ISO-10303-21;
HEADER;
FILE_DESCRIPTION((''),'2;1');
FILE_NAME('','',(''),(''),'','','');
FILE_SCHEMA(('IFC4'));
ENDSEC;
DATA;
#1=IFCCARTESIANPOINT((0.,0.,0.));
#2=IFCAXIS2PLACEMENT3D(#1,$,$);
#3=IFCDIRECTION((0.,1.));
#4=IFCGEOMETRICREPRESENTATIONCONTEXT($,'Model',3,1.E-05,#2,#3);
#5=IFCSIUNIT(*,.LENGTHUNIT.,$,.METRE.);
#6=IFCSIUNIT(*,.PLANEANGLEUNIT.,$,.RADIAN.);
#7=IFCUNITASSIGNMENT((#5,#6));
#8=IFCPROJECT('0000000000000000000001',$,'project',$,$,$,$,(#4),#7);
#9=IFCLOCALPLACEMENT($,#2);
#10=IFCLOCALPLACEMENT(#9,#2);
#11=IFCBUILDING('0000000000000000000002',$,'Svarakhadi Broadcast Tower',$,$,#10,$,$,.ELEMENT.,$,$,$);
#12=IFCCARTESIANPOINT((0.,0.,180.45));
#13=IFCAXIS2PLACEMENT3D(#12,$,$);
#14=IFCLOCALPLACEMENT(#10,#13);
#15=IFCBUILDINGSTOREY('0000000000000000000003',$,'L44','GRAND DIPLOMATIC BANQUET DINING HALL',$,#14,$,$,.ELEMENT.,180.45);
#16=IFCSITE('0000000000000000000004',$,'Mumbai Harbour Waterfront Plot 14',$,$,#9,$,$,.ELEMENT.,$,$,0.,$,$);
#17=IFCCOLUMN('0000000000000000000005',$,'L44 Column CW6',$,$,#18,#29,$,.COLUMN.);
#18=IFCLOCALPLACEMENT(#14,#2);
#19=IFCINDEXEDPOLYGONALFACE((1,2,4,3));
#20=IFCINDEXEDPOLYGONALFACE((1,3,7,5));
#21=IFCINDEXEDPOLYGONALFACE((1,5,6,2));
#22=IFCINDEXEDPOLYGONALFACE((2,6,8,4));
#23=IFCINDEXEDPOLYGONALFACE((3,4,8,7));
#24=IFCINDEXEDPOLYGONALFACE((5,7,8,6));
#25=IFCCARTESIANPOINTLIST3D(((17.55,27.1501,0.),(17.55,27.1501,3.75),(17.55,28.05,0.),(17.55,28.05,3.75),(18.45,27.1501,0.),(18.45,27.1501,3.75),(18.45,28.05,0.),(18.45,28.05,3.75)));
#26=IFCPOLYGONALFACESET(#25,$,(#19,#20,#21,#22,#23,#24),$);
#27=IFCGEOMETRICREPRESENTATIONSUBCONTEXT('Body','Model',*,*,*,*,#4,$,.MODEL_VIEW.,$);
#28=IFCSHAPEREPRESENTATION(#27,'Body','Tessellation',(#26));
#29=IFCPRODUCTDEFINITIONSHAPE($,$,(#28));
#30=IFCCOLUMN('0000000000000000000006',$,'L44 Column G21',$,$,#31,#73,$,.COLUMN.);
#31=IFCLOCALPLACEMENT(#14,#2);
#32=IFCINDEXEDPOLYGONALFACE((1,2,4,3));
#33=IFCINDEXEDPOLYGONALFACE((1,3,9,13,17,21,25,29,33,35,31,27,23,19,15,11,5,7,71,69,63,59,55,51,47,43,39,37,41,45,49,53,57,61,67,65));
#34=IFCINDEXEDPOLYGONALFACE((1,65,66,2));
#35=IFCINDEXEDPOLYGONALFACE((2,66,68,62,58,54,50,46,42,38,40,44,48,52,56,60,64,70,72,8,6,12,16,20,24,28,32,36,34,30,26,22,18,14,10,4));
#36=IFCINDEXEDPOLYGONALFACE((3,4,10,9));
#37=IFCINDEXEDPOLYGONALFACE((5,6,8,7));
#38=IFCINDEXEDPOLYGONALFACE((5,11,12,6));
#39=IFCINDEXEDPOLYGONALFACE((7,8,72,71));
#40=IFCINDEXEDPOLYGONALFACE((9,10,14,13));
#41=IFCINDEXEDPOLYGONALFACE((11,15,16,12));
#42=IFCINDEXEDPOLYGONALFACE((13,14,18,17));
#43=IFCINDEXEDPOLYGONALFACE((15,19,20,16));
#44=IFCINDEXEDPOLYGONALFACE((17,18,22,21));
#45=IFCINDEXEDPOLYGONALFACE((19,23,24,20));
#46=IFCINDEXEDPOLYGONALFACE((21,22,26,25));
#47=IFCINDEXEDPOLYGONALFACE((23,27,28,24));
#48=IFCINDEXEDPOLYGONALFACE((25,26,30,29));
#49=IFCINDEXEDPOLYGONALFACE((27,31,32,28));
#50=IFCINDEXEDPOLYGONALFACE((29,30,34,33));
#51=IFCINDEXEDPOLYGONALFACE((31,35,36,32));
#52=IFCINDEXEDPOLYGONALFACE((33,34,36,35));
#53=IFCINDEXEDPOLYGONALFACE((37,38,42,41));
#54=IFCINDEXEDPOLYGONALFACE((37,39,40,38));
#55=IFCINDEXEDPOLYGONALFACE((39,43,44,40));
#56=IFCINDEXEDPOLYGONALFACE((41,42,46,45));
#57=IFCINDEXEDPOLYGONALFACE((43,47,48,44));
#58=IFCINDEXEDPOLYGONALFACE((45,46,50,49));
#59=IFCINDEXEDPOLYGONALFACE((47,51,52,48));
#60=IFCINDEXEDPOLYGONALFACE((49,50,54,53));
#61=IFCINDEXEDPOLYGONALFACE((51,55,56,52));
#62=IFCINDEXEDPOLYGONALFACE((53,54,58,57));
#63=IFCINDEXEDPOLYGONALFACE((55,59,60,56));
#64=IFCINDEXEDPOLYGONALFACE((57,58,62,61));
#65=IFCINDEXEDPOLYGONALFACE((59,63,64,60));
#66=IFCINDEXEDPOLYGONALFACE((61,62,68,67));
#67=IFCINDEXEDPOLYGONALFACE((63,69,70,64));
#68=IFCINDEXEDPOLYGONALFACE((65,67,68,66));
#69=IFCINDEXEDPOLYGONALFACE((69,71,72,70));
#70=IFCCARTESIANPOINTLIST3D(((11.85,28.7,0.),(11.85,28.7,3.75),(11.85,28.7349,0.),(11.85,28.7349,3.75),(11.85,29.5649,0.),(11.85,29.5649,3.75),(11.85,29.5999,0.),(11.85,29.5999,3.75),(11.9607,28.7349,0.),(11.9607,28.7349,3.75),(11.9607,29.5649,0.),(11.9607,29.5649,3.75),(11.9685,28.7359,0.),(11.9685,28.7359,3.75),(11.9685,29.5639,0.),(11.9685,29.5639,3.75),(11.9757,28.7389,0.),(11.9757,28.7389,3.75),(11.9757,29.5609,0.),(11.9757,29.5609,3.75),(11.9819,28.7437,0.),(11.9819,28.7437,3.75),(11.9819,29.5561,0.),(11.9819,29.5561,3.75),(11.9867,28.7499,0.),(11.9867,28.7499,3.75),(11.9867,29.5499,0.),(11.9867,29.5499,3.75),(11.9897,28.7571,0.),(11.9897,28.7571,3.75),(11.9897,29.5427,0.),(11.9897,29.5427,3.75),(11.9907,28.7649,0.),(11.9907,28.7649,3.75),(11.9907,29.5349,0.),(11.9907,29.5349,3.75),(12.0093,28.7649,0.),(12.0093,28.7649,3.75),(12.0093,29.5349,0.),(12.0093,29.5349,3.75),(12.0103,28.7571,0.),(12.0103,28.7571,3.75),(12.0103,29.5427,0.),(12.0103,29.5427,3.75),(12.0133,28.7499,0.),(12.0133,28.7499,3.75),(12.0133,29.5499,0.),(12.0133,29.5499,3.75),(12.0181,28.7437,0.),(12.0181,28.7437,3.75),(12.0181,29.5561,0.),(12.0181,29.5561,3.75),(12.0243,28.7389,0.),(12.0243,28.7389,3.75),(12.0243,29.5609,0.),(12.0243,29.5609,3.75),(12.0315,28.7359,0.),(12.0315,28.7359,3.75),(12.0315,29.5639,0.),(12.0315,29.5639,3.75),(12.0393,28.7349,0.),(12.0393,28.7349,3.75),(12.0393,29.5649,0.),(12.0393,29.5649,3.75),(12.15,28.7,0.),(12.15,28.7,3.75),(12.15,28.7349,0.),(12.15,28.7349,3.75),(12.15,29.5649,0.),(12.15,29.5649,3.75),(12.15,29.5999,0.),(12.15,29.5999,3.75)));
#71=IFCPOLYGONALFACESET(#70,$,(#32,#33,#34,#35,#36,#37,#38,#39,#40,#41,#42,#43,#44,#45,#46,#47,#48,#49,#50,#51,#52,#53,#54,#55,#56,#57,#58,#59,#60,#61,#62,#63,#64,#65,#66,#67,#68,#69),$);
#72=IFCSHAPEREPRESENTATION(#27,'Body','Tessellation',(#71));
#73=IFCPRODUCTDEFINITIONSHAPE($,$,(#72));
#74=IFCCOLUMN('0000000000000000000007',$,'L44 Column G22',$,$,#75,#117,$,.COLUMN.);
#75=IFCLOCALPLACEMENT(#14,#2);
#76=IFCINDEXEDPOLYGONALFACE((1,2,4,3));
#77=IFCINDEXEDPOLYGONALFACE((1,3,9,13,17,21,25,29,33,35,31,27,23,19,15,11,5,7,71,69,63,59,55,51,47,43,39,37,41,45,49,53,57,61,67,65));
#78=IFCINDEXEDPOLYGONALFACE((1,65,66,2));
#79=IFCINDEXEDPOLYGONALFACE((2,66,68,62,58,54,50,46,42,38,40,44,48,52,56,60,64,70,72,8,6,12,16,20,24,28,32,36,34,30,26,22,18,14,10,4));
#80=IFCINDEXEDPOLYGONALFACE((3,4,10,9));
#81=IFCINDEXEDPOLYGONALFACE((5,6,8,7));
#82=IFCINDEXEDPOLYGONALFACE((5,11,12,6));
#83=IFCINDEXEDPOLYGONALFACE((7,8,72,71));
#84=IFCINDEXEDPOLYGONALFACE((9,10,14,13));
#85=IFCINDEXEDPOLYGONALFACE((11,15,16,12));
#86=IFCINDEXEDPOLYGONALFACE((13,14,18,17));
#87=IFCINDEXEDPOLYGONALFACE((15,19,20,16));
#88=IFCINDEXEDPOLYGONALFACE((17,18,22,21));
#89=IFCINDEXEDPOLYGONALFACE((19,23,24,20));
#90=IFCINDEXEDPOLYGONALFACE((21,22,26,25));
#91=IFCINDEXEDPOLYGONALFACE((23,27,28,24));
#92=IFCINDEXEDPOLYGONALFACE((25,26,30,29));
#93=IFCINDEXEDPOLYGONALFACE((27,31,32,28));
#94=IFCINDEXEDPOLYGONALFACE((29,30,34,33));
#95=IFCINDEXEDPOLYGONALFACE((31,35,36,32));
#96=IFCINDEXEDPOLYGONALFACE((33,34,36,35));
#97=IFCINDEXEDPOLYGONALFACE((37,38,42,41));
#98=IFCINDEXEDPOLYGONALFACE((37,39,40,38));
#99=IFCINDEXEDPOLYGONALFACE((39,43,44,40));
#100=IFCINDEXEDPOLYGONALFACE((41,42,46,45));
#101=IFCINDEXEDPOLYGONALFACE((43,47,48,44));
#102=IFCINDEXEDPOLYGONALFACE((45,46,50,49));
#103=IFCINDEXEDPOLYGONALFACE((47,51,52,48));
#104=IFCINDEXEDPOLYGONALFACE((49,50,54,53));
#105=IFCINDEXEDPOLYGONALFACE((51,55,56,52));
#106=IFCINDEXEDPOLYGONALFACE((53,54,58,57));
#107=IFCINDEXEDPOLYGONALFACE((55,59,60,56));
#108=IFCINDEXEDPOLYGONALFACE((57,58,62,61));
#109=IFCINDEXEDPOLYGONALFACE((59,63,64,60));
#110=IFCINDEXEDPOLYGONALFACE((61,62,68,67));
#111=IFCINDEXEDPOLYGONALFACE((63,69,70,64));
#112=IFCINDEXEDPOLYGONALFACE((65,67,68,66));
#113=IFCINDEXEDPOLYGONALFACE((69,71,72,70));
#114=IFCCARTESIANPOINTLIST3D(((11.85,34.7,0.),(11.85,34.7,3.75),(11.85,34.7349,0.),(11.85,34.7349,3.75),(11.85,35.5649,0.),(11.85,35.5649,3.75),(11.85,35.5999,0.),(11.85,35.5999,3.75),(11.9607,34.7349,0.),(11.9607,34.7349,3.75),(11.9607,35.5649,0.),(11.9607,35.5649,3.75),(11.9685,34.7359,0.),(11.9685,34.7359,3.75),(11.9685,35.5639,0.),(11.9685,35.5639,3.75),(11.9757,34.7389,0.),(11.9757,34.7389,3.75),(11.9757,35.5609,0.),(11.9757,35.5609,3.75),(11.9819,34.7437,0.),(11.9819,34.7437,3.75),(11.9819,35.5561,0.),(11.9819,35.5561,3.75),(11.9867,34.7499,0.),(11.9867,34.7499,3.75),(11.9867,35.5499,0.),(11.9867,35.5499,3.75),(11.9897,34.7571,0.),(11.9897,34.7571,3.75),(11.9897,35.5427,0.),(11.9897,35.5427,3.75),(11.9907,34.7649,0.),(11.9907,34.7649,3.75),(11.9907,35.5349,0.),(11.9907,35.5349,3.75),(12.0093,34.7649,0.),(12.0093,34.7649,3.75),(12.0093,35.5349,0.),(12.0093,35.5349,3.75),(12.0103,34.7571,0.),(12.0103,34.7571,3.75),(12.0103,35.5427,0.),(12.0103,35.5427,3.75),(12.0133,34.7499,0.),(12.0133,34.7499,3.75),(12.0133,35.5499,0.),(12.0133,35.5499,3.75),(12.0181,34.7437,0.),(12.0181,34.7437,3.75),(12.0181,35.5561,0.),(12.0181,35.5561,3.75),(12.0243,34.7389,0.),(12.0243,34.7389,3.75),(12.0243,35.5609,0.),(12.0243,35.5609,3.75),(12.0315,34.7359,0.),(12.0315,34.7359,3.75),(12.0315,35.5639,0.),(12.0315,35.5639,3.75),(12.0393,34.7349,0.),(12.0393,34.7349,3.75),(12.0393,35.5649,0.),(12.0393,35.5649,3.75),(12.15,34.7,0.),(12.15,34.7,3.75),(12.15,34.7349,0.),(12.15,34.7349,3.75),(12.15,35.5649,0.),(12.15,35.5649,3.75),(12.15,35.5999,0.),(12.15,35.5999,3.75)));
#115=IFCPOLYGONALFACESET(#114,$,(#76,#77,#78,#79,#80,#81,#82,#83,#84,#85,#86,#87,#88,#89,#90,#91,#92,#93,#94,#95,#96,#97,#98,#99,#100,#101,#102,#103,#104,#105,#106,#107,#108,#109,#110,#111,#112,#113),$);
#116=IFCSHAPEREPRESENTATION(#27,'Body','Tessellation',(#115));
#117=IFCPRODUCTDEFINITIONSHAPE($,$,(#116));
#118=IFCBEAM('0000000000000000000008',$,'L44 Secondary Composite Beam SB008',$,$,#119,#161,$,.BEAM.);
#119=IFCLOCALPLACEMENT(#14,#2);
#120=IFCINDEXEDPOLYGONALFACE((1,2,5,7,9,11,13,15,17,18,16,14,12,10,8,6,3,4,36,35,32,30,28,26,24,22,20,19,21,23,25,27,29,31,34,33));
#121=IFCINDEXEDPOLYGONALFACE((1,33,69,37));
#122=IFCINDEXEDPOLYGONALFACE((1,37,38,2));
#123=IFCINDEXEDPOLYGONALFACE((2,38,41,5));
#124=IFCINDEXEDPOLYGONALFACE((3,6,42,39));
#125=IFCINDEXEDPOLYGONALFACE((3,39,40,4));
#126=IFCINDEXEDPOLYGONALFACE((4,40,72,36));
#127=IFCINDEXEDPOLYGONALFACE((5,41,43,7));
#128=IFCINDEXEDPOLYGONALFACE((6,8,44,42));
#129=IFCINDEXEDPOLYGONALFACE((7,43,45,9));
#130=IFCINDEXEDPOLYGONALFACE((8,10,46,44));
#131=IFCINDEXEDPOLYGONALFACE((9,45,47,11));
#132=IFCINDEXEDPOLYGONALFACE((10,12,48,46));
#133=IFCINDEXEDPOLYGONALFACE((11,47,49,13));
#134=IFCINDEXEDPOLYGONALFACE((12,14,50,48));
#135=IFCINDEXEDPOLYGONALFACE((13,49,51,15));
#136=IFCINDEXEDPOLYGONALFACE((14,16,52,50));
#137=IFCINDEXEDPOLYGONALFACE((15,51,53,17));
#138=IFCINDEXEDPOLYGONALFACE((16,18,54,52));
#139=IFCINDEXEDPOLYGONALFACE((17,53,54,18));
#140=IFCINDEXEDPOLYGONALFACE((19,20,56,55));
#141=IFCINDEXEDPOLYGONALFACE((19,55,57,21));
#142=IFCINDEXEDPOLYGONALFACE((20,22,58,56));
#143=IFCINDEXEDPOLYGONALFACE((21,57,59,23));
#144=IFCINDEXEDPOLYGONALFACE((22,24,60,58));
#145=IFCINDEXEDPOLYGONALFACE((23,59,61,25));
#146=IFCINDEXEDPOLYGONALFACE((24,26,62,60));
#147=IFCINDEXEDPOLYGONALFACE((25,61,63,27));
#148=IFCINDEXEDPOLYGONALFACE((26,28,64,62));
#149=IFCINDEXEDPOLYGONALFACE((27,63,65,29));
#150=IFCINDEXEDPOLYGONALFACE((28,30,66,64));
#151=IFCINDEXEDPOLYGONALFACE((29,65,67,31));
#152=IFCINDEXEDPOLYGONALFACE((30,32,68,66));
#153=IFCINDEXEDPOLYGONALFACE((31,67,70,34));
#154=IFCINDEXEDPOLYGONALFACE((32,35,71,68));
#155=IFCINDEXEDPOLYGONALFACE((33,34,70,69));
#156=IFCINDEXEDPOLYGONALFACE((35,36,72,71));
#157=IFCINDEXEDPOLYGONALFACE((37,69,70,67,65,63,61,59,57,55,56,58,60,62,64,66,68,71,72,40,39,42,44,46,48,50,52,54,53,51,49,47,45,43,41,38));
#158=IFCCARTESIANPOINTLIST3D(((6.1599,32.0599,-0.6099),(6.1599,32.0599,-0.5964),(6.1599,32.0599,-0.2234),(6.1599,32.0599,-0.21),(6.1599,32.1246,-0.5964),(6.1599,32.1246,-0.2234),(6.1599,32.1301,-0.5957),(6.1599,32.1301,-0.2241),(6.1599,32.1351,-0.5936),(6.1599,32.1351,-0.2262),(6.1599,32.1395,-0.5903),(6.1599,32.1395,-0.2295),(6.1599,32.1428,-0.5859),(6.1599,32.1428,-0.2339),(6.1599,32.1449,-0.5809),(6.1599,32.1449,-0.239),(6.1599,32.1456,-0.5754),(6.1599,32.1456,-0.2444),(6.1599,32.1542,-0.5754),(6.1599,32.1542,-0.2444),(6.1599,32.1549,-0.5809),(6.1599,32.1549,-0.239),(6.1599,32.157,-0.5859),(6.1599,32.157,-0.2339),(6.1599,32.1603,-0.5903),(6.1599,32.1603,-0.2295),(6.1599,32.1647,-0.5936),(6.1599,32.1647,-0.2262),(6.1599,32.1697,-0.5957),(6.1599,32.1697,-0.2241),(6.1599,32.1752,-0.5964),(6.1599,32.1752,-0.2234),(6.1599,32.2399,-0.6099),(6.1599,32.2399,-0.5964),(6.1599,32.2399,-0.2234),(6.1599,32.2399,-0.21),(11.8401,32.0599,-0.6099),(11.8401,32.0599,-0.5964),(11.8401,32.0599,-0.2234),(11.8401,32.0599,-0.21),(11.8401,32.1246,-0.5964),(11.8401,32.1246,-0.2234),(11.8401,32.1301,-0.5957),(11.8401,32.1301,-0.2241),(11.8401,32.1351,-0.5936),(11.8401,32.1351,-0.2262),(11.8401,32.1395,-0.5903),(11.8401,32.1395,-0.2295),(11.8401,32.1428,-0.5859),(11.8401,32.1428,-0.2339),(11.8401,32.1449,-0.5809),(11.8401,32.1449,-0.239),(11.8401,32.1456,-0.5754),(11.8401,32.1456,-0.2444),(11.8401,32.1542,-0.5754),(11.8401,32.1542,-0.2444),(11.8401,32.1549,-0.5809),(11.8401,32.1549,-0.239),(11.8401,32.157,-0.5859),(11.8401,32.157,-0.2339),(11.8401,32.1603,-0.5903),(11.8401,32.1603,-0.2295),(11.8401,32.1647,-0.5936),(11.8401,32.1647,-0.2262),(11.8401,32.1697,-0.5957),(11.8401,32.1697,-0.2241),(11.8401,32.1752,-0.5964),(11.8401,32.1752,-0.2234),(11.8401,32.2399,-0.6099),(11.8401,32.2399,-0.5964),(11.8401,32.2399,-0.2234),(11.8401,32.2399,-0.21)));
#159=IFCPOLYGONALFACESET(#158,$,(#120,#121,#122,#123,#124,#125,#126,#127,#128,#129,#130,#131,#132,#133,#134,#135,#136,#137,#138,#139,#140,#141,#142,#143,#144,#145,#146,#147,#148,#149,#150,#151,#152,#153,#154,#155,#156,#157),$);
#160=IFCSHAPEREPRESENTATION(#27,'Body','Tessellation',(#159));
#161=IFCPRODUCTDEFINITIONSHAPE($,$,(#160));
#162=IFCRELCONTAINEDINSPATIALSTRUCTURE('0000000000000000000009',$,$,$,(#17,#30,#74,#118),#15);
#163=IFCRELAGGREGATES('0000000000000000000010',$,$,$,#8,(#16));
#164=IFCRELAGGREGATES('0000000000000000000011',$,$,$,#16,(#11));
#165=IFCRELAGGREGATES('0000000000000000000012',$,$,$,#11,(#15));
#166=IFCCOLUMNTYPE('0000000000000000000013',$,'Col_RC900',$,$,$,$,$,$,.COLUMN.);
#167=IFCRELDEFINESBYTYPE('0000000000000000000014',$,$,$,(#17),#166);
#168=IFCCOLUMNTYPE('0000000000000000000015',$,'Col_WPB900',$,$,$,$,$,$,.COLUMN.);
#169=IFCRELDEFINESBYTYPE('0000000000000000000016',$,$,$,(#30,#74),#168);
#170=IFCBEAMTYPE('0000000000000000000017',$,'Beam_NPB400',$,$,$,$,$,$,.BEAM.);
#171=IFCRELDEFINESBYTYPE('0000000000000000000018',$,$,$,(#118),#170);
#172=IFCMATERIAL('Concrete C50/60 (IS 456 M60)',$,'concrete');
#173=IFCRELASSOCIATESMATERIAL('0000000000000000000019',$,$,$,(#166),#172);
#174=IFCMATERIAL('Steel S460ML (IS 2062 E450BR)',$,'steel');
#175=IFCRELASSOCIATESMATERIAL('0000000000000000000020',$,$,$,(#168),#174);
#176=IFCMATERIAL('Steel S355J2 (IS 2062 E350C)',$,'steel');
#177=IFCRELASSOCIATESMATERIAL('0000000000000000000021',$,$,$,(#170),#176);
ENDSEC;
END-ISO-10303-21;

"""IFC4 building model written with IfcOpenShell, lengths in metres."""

from ifc_helpers import new_model, si_unit, direction, frame, origin, origin_2d, place, context, subcontext, project, spatial, rectangle, i_section, extrude, material, material_profile, profile_set, type_object, element, save


model = new_model("IFC4")

# Units and contexts
model_context = context("Model", 3, precision=1e-05, world=origin(), true_north=direction((0.0, 1.0)))
body_context = subcontext(model_context, "Body", "Model", "MODEL_VIEW")
ifc_project = project(units=[si_unit("LENGTHUNIT", "METRE"), si_unit("PLANEANGLEUNIT", "RADIAN")], contexts=[model_context])

# Site, building, storey
site_placement = place(None, origin())
site = spatial("IfcSite", under=ifc_project, at=site_placement, Name="Mumbai Harbour Waterfront Plot 14", CompositionType="ELEMENT", RefElevation=0.0)
building_placement = place(site_placement, origin())
building = spatial("IfcBuilding", under=site, at=building_placement, Name="Svarakhadi Broadcast Tower", CompositionType="ELEMENT")
storey_placement = place(building_placement, frame((0.0, 0.0, 180.45)))
storey = spatial("IfcBuildingStorey", under=building, at=storey_placement, Name="L44", Description="GRAND DIPLOMATIC BANQUET DINING HALL", CompositionType="ELEMENT", Elevation=180.45)

# Columns
ifc_material_1 = material(Name="Concrete C50/60 (IS 456 M60)", Category="concrete")
ifc_material_profile_1 = material_profile(ifc_material_1, rectangle(XDim=0.8999, YDim=0.8999, at=origin_2d()), Name="RC 900x900")
ifc_profile_set_1 = profile_set([ifc_material_profile_1], Name="Concrete C50/60 (IS 456 M60)")
column_type_1 = type_object("IfcColumnType", Name="Col_RC900", PredefinedType="COLUMN", material=ifc_profile_set_1)
column_placement = place(storey_placement, frame((18.0, 27.6001, 0.0), z_axis=(0.0, 0.0, 1.0), x_axis=(1.0, 0.0, 0.0)))
element("IfcColumn", 1, at=column_placement, inside=storey, type_object=column_type_1, Name="L44 Column CW6", PredefinedType="COLUMN", context=body_context, shape_type="SweptSolid", body=[
    extrude(rectangle(XDim=0.8999, YDim=0.8999, at=origin_2d()), origin(), (0.0, 0.0, 1.0), 3.75),
])
ifc_material_2 = material(Name="Steel S460ML (IS 2062 E450BR)", Category="steel")
ifc_material_profile_2 = material_profile(ifc_material_2, i_section(OverallWidth=0.3, OverallDepth=0.8999, WebThickness=0.0186, FlangeThickness=0.0349, FilletRadius=0.03, at=origin_2d()), Name="WPB 900x300x291")
ifc_profile_set_2 = profile_set([ifc_material_profile_2], Name="Steel S460ML (IS 2062 E450BR)")
column_type_2 = type_object("IfcColumnType", Name="Col_WPB900", PredefinedType="COLUMN", material=ifc_profile_set_2)
for number, where, z_axis, x_axis, name in (
    (2, (12.0, 29.1499, 0.0), (0.0, 0.0, 1.0), (1.0, 0.0, 0.0), "L44 Column G21"),
    (3, (12.0, 35.1499, 0.0), (0.0, 0.0, 1.0), (1.0, 0.0, 0.0), "L44 Column G22"),
):
    element("IfcColumn", number, at=place(storey_placement, frame(where, z_axis=z_axis, x_axis=x_axis)), inside=storey, type_object=column_type_2, Name=name, PredefinedType="COLUMN", context=body_context, shape_type="SweptSolid", body=[
        extrude(i_section(OverallWidth=0.3, OverallDepth=0.8999, WebThickness=0.0186, FlangeThickness=0.0349, FilletRadius=0.03, at=origin_2d()), origin(), (0.0, 0.0, 1.0), 3.75),
    ])

# Beam
ifc_material_3 = material(Name="Steel S355J2 (IS 2062 E350C)", Category="steel")
ifc_material_profile_3 = material_profile(ifc_material_3, i_section(OverallWidth=0.1799, OverallDepth=0.3999, WebThickness=0.0085, FlangeThickness=0.0134, FilletRadius=0.021, at=origin_2d()), Name="NPB 400x180x66")
ifc_profile_set_3 = profile_set([ifc_material_profile_3], Name="Steel S355J2 (IS 2062 E350C)")
beam_type_1 = type_object("IfcBeamType", Name="Beam_NPB400", PredefinedType="BEAM", material=ifc_profile_set_3)
for number, where, z_axis, x_axis, name in (
    (4, (6.1599, 32.1499, -0.4099), (1.0, 0.0, 0.0), (0.0, 1.0, 0.0), "L44 Secondary Composite Beam SB008"),
):
    element("IfcBeam", number, at=place(storey_placement, frame(where, z_axis=z_axis, x_axis=x_axis)), inside=storey, type_object=beam_type_1, Name=name, PredefinedType="BEAM", context=body_context, shape_type="SweptSolid", body=[
        extrude(i_section(OverallWidth=0.1799, OverallDepth=0.3999, WebThickness=0.0085, FlangeThickness=0.0134, FilletRadius=0.021, at=origin_2d()), origin(), (0.0, 0.0, 1.0), 5.6802),
    ])

save(model, "model.ifc")
